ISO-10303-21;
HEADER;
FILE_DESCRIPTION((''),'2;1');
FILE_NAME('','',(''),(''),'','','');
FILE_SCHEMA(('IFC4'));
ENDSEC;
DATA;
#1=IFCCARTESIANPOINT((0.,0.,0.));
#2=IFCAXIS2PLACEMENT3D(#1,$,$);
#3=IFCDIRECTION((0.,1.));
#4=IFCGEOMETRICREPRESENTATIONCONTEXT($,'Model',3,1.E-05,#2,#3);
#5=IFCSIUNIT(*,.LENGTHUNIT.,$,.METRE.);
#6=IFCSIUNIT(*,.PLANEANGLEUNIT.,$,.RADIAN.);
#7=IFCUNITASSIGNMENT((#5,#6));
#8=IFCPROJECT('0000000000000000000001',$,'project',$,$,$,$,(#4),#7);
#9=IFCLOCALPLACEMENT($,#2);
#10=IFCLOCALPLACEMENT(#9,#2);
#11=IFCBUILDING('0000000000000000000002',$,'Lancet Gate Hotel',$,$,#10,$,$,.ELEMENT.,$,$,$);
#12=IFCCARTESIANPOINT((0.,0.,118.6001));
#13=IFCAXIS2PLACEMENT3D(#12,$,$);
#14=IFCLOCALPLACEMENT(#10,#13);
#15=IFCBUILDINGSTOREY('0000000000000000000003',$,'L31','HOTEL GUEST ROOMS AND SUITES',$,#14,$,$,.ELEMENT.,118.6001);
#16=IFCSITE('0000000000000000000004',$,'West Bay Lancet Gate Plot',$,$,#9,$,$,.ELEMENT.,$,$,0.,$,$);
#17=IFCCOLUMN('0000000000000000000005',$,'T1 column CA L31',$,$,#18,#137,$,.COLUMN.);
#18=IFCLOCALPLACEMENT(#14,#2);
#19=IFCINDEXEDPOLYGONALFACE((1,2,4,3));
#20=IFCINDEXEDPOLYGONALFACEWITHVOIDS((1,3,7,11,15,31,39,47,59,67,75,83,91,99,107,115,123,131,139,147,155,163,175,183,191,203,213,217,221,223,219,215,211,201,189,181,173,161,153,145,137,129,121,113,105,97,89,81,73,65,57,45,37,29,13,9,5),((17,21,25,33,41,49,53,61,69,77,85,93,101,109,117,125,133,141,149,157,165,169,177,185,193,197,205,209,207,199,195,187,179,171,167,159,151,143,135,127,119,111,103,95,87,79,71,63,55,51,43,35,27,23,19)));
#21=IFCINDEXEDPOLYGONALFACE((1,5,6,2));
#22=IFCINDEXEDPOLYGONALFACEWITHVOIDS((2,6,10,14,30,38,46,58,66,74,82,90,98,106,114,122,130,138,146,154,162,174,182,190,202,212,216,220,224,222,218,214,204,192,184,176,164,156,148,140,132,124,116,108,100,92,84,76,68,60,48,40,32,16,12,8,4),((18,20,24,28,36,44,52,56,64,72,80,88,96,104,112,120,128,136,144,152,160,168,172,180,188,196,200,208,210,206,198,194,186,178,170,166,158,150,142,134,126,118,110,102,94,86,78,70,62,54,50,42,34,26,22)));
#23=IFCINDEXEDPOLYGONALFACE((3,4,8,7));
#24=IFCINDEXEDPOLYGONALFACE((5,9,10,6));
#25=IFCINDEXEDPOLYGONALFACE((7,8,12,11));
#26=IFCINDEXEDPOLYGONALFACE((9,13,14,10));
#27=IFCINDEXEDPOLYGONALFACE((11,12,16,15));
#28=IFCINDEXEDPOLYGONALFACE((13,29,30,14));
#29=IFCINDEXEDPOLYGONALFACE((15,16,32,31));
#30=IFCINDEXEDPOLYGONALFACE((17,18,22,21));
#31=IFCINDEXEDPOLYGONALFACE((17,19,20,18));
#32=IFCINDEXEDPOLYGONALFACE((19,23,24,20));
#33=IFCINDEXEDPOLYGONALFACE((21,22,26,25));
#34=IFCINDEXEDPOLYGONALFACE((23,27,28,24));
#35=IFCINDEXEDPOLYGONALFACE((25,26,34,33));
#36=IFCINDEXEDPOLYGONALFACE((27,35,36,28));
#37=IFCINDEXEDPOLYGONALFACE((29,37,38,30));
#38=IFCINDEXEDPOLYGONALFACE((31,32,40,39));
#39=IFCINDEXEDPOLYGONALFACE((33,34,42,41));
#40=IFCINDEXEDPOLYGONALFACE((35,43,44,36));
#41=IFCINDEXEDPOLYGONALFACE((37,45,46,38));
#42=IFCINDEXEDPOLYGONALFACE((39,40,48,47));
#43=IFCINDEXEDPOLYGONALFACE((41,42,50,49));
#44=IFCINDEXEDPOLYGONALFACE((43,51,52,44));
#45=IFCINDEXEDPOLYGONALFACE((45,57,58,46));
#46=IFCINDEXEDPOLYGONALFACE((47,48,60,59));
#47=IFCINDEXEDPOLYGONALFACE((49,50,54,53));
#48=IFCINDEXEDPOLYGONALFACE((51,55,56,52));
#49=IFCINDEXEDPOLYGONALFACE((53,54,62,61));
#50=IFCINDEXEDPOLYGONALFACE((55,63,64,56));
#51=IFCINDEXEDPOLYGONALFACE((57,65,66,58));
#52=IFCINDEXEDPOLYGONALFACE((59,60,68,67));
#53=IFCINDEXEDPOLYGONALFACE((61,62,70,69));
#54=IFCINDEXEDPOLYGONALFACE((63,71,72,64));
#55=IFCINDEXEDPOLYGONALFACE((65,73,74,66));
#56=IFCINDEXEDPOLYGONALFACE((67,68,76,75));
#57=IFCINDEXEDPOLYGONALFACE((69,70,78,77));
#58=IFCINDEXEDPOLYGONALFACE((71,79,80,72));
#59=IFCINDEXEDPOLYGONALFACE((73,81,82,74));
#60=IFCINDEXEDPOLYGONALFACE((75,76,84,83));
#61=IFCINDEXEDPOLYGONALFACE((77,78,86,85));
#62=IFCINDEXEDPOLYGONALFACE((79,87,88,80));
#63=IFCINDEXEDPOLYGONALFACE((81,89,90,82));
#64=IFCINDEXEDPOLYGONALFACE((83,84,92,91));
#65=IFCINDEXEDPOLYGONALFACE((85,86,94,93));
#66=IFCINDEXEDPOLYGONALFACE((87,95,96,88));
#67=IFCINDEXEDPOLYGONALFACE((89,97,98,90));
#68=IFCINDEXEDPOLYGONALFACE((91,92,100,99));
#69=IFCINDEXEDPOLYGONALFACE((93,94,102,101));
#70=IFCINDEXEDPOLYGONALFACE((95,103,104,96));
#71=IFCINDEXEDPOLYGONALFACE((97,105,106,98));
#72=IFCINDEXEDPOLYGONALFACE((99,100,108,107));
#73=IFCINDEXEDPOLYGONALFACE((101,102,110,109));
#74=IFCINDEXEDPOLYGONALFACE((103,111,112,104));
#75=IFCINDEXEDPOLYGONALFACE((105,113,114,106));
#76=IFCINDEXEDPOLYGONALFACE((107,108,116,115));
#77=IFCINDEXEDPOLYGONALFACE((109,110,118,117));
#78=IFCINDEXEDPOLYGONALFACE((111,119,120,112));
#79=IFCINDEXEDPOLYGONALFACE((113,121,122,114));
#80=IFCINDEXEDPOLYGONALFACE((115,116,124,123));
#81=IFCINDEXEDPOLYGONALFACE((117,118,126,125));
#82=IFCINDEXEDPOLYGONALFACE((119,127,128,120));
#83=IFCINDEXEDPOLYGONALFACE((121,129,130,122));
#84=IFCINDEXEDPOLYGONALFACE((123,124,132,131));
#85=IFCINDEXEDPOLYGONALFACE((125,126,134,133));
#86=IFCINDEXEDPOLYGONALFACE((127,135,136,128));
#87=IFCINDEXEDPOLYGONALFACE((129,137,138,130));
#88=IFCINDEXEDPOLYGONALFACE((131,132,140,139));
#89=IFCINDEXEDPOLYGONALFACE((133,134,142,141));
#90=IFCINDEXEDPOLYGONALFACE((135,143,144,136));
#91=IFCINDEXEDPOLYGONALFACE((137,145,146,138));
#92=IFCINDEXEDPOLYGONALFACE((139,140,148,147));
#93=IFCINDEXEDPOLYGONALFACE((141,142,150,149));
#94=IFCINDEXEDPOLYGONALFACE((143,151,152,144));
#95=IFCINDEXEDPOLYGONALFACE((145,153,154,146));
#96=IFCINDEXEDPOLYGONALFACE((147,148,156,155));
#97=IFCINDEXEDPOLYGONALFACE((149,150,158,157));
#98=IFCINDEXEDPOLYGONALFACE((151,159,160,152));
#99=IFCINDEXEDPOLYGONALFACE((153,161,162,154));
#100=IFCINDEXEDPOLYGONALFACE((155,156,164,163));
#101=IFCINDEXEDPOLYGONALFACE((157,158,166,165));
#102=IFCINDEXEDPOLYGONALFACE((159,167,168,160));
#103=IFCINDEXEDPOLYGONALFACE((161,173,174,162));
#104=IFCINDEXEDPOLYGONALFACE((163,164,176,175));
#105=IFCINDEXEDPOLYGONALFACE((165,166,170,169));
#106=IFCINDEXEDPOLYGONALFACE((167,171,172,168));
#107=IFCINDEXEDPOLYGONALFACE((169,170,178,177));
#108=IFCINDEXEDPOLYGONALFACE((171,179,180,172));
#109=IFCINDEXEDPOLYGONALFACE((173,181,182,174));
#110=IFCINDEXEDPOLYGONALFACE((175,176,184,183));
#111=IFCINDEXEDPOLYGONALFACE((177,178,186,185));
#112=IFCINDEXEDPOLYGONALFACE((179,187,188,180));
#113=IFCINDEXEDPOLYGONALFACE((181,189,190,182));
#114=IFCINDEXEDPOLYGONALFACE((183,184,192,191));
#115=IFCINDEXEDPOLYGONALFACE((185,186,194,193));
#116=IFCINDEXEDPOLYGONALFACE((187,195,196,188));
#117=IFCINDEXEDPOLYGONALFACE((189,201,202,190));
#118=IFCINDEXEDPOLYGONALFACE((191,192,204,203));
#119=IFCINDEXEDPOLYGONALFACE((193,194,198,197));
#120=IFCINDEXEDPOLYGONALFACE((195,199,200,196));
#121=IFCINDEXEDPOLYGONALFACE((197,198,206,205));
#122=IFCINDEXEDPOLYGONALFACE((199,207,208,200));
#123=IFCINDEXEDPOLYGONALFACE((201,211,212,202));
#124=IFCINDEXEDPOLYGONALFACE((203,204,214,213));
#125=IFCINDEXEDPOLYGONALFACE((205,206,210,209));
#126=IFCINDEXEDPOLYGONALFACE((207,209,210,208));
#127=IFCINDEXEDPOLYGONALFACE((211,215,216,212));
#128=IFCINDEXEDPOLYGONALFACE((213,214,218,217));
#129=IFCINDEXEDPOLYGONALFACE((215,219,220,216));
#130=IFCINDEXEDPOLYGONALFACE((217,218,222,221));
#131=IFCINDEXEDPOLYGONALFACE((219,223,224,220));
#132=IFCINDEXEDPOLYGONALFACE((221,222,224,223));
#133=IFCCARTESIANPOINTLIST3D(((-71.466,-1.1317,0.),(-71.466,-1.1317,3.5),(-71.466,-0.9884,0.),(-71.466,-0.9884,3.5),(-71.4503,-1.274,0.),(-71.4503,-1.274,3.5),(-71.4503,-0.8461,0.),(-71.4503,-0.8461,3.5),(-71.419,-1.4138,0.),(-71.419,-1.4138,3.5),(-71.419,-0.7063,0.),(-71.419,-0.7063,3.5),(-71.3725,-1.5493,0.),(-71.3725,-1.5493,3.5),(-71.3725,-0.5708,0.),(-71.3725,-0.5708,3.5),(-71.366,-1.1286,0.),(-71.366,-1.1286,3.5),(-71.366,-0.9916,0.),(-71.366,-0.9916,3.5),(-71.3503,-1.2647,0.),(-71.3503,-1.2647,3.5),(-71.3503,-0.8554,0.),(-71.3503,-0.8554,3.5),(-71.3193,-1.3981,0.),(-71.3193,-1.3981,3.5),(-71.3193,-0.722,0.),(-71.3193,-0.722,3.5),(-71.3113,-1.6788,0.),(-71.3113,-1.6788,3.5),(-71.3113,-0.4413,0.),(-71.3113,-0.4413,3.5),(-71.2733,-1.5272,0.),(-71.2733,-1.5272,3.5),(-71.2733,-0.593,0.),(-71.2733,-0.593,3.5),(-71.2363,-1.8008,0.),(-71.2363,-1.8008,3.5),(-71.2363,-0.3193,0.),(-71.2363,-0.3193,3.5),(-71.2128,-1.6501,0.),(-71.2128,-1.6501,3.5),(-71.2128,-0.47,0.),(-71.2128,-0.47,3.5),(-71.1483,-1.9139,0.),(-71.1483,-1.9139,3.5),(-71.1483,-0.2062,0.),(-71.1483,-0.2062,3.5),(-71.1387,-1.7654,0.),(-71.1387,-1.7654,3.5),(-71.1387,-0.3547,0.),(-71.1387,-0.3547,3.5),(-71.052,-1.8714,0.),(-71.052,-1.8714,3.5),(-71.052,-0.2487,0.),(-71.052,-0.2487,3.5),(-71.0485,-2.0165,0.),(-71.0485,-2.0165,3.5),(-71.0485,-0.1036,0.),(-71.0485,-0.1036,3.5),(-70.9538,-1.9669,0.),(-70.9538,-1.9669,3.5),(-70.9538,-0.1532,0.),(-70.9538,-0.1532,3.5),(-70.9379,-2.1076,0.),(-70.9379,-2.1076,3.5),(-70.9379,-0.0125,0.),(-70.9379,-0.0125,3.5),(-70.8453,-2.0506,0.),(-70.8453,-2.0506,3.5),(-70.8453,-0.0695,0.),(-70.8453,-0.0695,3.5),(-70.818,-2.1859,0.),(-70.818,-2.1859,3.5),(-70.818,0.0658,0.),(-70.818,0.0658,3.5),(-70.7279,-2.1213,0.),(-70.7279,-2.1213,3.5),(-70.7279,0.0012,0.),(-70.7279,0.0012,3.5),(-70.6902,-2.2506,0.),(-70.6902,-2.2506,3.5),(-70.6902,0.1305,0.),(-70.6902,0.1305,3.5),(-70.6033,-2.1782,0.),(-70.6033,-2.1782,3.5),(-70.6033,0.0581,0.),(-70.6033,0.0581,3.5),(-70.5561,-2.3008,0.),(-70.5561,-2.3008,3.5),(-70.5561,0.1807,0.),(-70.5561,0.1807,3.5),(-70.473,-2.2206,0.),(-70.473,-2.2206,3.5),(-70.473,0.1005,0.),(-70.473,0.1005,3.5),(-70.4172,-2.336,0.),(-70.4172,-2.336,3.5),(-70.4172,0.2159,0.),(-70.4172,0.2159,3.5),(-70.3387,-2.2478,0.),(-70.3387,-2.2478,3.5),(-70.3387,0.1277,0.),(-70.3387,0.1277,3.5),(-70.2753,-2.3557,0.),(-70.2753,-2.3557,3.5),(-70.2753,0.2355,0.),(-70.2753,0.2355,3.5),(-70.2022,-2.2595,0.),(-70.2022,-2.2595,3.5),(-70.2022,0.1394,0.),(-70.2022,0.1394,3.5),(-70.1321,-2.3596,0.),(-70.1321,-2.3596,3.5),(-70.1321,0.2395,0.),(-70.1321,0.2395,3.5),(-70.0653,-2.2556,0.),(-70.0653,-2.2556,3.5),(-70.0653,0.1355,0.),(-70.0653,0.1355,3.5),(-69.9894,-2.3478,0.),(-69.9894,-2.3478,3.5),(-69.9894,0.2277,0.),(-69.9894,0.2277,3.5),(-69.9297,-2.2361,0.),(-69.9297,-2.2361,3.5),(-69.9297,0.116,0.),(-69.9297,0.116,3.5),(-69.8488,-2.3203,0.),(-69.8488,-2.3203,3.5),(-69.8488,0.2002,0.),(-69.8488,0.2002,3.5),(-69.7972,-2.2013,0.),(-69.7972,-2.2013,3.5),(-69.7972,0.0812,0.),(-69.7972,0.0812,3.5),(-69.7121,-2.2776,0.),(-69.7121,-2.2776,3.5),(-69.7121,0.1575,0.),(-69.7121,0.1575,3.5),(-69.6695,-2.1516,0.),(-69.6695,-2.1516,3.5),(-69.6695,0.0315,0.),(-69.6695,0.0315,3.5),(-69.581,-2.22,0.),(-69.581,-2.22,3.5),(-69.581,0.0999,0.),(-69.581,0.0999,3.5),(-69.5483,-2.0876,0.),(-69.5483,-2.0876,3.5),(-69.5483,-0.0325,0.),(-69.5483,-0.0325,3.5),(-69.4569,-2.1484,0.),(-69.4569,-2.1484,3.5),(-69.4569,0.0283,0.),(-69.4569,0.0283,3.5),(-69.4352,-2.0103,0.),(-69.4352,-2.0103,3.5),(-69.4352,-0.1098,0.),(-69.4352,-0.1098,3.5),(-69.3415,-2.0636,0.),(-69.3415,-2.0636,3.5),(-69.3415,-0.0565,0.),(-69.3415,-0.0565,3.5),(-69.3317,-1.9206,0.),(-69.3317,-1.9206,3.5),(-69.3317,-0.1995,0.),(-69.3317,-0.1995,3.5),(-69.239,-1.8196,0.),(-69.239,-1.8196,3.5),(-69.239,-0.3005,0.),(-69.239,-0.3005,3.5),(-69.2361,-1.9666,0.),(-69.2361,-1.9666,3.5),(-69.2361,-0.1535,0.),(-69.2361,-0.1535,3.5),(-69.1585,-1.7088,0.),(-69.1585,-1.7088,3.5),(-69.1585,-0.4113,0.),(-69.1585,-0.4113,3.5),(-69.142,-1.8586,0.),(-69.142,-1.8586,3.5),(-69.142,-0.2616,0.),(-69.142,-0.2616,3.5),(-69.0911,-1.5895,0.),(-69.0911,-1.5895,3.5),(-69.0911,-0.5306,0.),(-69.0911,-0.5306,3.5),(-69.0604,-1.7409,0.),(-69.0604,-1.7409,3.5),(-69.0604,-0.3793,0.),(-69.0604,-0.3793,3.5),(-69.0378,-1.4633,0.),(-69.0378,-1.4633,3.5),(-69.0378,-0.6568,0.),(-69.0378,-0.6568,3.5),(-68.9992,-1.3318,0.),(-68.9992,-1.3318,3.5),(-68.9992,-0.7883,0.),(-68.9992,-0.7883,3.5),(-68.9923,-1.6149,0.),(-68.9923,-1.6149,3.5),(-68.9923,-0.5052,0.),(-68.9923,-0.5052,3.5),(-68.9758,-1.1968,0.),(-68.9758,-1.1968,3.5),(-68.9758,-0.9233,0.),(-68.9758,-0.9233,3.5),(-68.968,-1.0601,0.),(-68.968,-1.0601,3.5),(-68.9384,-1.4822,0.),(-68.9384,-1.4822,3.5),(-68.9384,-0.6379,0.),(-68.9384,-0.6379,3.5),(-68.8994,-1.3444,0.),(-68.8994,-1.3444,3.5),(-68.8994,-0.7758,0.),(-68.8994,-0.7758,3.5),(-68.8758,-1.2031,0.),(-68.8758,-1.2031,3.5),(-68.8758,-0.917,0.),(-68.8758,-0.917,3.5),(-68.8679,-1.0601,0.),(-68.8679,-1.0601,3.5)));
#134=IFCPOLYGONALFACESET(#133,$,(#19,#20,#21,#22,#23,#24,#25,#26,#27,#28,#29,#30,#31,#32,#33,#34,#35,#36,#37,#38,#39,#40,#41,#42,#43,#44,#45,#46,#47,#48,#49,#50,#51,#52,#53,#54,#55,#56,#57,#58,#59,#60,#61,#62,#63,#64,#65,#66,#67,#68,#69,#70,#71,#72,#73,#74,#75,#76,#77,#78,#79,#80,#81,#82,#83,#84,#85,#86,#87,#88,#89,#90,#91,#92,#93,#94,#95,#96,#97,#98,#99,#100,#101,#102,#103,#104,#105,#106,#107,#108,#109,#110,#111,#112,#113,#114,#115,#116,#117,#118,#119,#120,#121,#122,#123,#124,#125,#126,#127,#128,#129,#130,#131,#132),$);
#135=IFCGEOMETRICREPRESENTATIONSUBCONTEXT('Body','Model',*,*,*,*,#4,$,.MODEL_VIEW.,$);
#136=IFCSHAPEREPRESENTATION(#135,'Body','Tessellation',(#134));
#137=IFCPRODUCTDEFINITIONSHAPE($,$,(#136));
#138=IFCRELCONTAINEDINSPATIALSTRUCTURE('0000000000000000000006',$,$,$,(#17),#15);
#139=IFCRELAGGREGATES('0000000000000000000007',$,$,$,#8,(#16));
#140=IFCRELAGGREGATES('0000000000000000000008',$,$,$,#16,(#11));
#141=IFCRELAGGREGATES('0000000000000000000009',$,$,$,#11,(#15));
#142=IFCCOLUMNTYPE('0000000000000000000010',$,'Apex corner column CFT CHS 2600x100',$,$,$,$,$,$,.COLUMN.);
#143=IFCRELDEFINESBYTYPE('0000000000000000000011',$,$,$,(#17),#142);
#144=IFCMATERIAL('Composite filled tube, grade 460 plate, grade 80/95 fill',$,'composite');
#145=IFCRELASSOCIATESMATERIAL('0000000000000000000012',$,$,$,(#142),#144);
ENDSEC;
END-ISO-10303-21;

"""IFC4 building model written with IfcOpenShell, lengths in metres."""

from ifc_helpers import new_model, si_unit, direction, frame, origin, origin_2d, place, context, subcontext, project, spatial, hollow_circle, extrude, material, material_profile, profile_set, type_object, element, save


model = new_model("IFC4")

# Units and contexts
model_context = context("Model", 3, precision=1e-05, world=origin(), true_north=direction((0.0, 1.0)))
body_context = subcontext(model_context, "Body", "Model", "MODEL_VIEW")
ifc_project = project(units=[si_unit("LENGTHUNIT", "METRE"), si_unit("PLANEANGLEUNIT", "RADIAN")], contexts=[model_context])

# Site, building, storey
site_placement = place(None, origin())
site = spatial("IfcSite", under=ifc_project, at=site_placement, Name="West Bay Lancet Gate Plot", CompositionType="ELEMENT", RefElevation=0.0)
building_placement = place(site_placement, origin())
building = spatial("IfcBuilding", under=site, at=building_placement, Name="Lancet Gate Hotel", CompositionType="ELEMENT")
storey_placement = place(building_placement, frame((0.0, 0.0, 118.6001)))
storey = spatial("IfcBuildingStorey", under=building, at=storey_placement, Name="L31", Description="HOTEL GUEST ROOMS AND SUITES", CompositionType="ELEMENT", Elevation=118.6001)

# Column
ifc_material_1 = material(Name="Composite filled tube, grade 460 plate, grade 80/95 fill", Category="composite")
ifc_material_profile_1 = material_profile(ifc_material_1, hollow_circle(Radius=1.3, WallThickness=0.1001, at=origin_2d()), Name="CHS 2600x100")
ifc_profile_set_1 = profile_set([ifc_material_profile_1], Name="Composite filled tube, grade 460 plate, grade 80/95 fill")
column_type_1 = type_object("IfcColumnType", Name="Apex corner column CFT CHS 2600x100", PredefinedType="COLUMN", material=ifc_profile_set_1)
column_1_placement = place(storey_placement, frame((-70.168, -1.0601, 0.0), z_axis=(0.0, 0.0, 1.0), x_axis=(1.0, 0.0, 0.0)))
element("IfcColumn", 1, at=column_1_placement, inside=storey, type_object=column_type_1, Name="T1 column CA L31", PredefinedType="COLUMN", context=body_context, shape_type="SweptSolid", body=[
    extrude(hollow_circle(Radius=1.3, WallThickness=0.1001, at=origin_2d()), origin(), (0.0, 0.0, 1.0), 3.5),
])

save(model, "model.ifc")
